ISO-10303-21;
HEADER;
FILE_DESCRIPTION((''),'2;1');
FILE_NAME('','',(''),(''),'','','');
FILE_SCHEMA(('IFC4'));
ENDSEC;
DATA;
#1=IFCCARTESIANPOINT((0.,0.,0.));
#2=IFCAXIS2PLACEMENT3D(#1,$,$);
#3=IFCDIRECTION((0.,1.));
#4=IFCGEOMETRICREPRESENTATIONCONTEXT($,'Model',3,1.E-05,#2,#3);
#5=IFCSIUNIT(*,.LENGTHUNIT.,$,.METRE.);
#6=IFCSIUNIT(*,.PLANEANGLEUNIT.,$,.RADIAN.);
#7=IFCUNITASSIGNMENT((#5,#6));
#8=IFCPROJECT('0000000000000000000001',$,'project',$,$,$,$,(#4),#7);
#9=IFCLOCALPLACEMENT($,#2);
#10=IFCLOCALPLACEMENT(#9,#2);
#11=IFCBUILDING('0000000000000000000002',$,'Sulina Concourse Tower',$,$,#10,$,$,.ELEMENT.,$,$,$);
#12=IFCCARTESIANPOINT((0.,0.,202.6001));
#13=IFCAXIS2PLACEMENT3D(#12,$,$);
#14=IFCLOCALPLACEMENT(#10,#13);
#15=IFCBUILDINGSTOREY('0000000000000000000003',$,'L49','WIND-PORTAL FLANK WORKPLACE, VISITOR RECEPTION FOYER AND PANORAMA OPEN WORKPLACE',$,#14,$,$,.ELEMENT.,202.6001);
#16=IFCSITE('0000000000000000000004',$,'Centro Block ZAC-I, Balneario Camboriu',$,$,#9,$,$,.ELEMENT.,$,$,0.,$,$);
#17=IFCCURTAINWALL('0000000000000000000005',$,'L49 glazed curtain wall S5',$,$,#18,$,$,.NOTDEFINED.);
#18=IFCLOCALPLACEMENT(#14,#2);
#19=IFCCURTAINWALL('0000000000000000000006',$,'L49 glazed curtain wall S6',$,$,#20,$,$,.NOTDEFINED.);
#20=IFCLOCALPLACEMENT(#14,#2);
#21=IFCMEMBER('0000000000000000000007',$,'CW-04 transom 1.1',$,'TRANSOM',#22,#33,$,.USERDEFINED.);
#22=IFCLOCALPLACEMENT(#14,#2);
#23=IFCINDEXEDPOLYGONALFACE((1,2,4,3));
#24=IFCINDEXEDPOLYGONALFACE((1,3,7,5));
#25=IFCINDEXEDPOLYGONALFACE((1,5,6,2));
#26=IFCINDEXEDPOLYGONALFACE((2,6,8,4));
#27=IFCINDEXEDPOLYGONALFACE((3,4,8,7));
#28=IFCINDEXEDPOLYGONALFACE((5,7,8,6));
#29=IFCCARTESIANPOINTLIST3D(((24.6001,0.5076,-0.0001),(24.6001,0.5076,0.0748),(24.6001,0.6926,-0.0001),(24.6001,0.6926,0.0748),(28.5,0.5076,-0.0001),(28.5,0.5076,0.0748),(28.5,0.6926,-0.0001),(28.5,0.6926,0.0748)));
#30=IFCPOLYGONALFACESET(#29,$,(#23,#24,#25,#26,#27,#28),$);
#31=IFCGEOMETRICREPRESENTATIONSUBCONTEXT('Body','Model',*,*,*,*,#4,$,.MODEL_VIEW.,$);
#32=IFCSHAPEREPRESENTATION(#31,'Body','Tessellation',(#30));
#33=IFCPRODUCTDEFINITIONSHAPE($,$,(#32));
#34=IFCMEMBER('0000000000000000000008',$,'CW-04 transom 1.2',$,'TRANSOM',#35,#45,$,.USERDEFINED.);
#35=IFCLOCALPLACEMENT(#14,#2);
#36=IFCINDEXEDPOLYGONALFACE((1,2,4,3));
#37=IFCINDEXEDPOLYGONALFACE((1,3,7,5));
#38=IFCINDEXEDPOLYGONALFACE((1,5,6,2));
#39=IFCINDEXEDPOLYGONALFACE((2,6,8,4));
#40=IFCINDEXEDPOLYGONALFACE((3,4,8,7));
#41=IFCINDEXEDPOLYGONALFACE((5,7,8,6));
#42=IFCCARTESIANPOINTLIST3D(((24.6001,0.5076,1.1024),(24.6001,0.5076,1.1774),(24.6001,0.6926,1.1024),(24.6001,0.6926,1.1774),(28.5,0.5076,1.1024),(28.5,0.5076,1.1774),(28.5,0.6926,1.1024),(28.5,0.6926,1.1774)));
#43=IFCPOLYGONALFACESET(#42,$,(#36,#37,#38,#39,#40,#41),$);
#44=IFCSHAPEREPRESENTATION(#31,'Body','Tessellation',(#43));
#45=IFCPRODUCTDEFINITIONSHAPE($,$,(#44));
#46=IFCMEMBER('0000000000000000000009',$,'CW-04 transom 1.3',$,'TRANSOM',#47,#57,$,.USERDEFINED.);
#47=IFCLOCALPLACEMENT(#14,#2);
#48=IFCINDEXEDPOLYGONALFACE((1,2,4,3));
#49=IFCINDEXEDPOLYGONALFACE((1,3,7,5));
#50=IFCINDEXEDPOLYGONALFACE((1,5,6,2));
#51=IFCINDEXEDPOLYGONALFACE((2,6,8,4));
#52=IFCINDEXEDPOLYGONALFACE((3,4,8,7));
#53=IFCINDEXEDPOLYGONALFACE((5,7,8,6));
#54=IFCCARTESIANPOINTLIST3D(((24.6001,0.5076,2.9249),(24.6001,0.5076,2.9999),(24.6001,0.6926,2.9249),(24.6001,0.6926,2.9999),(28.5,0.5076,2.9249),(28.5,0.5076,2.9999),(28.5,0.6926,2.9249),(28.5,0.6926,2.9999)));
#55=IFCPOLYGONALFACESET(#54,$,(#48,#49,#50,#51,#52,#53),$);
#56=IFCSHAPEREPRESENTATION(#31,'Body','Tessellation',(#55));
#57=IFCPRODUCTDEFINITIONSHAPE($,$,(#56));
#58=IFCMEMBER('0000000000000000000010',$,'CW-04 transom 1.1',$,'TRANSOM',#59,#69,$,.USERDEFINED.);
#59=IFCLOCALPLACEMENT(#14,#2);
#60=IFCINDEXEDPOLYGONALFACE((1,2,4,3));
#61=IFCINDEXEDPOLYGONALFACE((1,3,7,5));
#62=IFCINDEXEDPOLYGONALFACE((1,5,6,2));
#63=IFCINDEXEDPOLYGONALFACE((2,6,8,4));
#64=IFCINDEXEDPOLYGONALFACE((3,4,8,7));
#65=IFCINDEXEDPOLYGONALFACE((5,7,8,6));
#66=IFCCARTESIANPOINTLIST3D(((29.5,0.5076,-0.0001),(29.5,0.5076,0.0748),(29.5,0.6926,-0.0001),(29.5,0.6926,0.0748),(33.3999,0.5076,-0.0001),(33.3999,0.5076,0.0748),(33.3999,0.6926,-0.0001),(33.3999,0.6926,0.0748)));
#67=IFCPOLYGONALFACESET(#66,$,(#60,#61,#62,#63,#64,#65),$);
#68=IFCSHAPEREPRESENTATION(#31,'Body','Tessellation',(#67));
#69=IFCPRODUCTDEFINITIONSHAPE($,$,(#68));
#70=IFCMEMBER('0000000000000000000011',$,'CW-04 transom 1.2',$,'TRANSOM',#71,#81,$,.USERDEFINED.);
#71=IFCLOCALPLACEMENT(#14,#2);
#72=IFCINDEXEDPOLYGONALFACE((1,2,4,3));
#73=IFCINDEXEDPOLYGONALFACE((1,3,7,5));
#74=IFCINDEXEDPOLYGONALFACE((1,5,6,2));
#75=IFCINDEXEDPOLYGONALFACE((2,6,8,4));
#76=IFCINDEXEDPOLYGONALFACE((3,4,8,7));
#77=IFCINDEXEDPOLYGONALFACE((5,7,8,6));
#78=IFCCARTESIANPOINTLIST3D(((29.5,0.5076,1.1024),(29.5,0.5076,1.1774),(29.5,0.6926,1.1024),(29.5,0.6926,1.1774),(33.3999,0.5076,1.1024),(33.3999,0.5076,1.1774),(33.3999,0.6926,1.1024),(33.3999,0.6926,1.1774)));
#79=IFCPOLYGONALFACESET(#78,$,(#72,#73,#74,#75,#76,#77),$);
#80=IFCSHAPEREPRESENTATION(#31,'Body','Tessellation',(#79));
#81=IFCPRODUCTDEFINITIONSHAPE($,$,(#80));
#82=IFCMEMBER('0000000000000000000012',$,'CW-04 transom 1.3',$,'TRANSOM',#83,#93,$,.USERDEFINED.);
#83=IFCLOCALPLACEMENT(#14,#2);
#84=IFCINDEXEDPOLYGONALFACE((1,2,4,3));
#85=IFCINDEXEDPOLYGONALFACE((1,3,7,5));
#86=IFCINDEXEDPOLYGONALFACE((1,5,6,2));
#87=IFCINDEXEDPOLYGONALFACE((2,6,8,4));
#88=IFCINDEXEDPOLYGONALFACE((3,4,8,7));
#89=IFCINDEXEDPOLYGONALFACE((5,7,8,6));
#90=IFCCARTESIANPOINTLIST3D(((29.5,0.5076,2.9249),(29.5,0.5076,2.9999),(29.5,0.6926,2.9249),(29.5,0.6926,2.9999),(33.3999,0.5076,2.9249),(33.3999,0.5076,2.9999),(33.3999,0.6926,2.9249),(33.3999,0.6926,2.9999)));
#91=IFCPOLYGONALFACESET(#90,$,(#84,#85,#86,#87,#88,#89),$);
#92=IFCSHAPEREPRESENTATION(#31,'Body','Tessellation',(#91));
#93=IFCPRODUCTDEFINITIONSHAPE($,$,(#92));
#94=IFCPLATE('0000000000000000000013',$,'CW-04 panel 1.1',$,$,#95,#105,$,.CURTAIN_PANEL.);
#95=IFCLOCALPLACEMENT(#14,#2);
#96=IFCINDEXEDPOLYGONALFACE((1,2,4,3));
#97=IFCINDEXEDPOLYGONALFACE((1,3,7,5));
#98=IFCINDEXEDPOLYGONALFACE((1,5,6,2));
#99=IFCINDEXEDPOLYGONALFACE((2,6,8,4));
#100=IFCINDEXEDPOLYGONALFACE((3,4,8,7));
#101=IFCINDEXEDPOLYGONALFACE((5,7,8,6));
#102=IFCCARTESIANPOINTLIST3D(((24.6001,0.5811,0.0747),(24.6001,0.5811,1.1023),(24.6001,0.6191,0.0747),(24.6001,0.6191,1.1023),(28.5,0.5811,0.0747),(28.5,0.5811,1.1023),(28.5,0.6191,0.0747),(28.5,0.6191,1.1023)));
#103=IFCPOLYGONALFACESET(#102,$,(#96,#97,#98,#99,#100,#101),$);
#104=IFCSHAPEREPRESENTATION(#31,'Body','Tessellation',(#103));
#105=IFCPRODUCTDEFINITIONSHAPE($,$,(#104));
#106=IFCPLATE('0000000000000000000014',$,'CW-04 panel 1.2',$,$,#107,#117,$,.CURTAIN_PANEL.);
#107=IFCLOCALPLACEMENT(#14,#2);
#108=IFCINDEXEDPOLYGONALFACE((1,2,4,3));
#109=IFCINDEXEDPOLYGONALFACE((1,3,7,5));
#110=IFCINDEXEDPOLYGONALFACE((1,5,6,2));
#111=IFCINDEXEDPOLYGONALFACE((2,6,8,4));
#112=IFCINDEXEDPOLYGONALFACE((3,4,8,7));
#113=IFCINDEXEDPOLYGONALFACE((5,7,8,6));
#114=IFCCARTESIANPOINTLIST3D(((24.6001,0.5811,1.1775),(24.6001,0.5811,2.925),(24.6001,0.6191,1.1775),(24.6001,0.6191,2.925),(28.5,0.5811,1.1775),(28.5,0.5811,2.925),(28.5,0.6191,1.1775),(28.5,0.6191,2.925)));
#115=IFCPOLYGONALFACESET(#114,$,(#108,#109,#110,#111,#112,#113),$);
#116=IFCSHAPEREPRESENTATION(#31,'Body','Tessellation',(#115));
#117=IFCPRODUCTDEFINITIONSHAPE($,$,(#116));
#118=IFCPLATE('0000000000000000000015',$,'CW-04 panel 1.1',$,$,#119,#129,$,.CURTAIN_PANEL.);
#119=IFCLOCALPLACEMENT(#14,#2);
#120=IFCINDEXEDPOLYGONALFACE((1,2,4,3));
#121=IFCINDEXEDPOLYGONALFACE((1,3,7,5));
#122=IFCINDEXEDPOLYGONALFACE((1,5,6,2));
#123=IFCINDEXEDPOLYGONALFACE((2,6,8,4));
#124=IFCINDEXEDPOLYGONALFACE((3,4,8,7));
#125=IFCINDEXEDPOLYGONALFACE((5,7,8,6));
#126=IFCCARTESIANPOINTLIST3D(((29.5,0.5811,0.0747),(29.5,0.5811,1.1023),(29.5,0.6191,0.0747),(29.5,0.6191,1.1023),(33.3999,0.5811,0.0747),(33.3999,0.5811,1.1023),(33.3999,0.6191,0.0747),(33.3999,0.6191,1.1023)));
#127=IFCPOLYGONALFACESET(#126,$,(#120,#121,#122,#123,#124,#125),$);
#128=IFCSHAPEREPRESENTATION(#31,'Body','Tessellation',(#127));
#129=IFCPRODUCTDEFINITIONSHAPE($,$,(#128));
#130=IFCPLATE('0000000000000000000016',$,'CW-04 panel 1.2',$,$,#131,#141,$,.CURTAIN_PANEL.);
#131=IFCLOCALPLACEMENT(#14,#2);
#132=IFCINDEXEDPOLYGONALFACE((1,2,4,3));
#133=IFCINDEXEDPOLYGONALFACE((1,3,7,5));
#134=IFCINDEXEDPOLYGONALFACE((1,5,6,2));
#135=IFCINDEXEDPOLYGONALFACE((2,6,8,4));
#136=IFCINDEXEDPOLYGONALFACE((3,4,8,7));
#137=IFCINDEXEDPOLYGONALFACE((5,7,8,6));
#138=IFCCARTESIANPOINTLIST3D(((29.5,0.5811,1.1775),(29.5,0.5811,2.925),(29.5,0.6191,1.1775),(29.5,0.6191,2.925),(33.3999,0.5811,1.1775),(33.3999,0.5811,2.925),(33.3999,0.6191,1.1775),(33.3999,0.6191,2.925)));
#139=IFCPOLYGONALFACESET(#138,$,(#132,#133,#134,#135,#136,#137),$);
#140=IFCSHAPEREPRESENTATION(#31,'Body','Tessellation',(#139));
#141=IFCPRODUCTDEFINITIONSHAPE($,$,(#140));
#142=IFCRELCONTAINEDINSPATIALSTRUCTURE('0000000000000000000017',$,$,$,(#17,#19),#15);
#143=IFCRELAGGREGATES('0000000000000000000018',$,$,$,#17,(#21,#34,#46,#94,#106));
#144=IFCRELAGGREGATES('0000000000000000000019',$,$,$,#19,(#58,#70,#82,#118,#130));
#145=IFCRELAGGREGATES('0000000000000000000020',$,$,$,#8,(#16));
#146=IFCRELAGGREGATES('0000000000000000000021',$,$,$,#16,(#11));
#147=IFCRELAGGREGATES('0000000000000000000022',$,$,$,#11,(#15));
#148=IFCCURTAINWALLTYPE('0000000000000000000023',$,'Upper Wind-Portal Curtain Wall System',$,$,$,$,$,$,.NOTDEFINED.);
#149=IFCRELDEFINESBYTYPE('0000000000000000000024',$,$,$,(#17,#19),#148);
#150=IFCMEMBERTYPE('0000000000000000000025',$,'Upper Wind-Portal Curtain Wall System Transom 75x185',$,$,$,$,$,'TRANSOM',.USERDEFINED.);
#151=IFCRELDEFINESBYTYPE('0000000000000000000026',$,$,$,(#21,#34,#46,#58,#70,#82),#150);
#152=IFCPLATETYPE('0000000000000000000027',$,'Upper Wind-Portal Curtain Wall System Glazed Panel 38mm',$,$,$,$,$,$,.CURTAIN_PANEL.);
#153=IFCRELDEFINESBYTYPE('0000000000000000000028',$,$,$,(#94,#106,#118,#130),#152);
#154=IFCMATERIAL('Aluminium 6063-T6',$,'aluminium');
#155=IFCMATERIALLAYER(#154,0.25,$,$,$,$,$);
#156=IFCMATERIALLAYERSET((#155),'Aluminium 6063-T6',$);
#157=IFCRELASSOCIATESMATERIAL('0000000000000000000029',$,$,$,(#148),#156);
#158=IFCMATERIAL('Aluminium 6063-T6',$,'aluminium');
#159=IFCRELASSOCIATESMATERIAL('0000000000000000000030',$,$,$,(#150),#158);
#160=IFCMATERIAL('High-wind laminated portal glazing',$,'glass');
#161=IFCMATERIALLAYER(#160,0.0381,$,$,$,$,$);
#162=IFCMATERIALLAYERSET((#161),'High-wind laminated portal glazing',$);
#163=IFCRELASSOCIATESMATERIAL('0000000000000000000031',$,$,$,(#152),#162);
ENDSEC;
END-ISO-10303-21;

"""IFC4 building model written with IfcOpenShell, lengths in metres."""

from ifc_helpers import new_model, si_unit, direction, frame, origin, origin_2d, place, context, subcontext, project, spatial, rectangle, extrude, material, layer, layer_set, material_profile, profile_set, type_object, element, aggregate, save


model = new_model("IFC4")

# Units and contexts
model_context = context("Model", 3, precision=1e-05, world=origin(), true_north=direction((0.0, 1.0)))
body_context = subcontext(model_context, "Body", "Model", "MODEL_VIEW")
ifc_project = project(units=[si_unit("LENGTHUNIT", "METRE"), si_unit("PLANEANGLEUNIT", "RADIAN")], contexts=[model_context])

# Site, building, storey
site_placement = place(None, origin())
site = spatial("IfcSite", under=ifc_project, at=site_placement, Name="Centro Block ZAC-I, Balneario Camboriu", CompositionType="ELEMENT", RefElevation=0.0)
building_placement = place(site_placement, origin())
building = spatial("IfcBuilding", under=site, at=building_placement, Name="Sulina Concourse Tower", CompositionType="ELEMENT")
storey_placement = place(building_placement, frame((0.0, 0.0, 202.6001)))
storey = spatial("IfcBuildingStorey", under=building, at=storey_placement, Name="L49", Description="WIND-PORTAL FLANK WORKPLACE, VISITOR RECEPTION FOYER AND PANORAMA OPEN WORKPLACE", CompositionType="ELEMENT", Elevation=202.6001)

# Curtain walls
ifc_material_1 = material(Name="Aluminium 6063-T6", Category="aluminium")
ifc_layer_1 = layer(ifc_material_1, 0.25)
ifc_layer_set_1 = layer_set([ifc_layer_1], Name="Aluminium 6063-T6")
curtain_wall_type = type_object("IfcCurtainWallType", Name="Upper Wind-Portal Curtain Wall System", PredefinedType="NOTDEFINED", material=ifc_layer_set_1)
curtain_wall_1_placement = place(storey_placement, origin())
curtain_wall_1 = element("IfcCurtainWall", 1, at=curtain_wall_1_placement, inside=storey, type_object=curtain_wall_type, Name="L49 glazed curtain wall S5", PredefinedType="NOTDEFINED")
curtain_wall_2_placement = place(storey_placement, origin())
curtain_wall_2 = element("IfcCurtainWall", 2, at=curtain_wall_2_placement, inside=storey, type_object=curtain_wall_type, Name="L49 glazed curtain wall S6", PredefinedType="NOTDEFINED")

# Members
ifc_material_2 = material(Name="Aluminium 6063-T6", Category="aluminium")
ifc_material_profile_1 = material_profile(ifc_material_2, rectangle(XDim=0.1851, YDim=0.075, at=origin_2d()), Name="TRN 75x185")
ifc_profile_set_1 = profile_set([ifc_material_profile_1], Name="Aluminium 6063-T6")
member_type_1 = type_object("IfcMemberType", Name="Upper Wind-Portal Curtain Wall System Transom 75x185", ElementType="TRANSOM", PredefinedType="USERDEFINED", material=ifc_profile_set_1)
member_1_placement = place(storey_placement, frame((28.5, 0.6001, 0.0374), z_axis=(-1.0, 0.0, 0.0), x_axis=(0.0, -1.0, 0.0)))
member_1 = element("IfcMember", 3, at=member_1_placement, type_object=member_type_1, Name="CW-04 transom 1.1", ObjectType="TRANSOM", PredefinedType="USERDEFINED", context=body_context, shape_type="SweptSolid", body=[
    extrude(rectangle(XDim=0.1851, YDim=0.075, at=origin_2d()), origin(), (0.0, 0.0, 1.0), 3.8999),
])
member_2_placement = place(storey_placement, frame((28.5, 0.6001, 1.1399), z_axis=(-1.0, 0.0, 0.0), x_axis=(0.0, -1.0, 0.0)))
member_2 = element("IfcMember", 4, at=member_2_placement, type_object=member_type_1, Name="CW-04 transom 1.2", ObjectType="TRANSOM", PredefinedType="USERDEFINED", context=body_context, shape_type="SweptSolid", body=[
    extrude(rectangle(XDim=0.1851, YDim=0.075, at=origin_2d()), origin(), (0.0, 0.0, 1.0), 3.8999),
])
member_3_placement = place(storey_placement, frame((28.5, 0.6001, 2.9624), z_axis=(-1.0, 0.0, 0.0), x_axis=(0.0, -1.0, 0.0)))
member_3 = element("IfcMember", 5, at=member_3_placement, type_object=member_type_1, Name="CW-04 transom 1.3", ObjectType="TRANSOM", PredefinedType="USERDEFINED", context=body_context, shape_type="SweptSolid", body=[
    extrude(rectangle(XDim=0.1851, YDim=0.075, at=origin_2d()), origin(), (0.0, 0.0, 1.0), 3.8999),
])
member_4_placement = place(storey_placement, frame((33.3999, 0.6001, 0.0374), z_axis=(-1.0, 0.0, 0.0), x_axis=(0.0, -1.0, 0.0)))
member_4 = element("IfcMember", 6, at=member_4_placement, type_object=member_type_1, Name="CW-04 transom 1.1", ObjectType="TRANSOM", PredefinedType="USERDEFINED", context=body_context, shape_type="SweptSolid", body=[
    extrude(rectangle(XDim=0.1851, YDim=0.075, at=origin_2d()), origin(), (0.0, 0.0, 1.0), 3.8999),
])
member_5_placement = place(storey_placement, frame((33.3999, 0.6001, 1.1399), z_axis=(-1.0, 0.0, 0.0), x_axis=(0.0, -1.0, 0.0)))
member_5 = element("IfcMember", 7, at=member_5_placement, type_object=member_type_1, Name="CW-04 transom 1.2", ObjectType="TRANSOM", PredefinedType="USERDEFINED", context=body_context, shape_type="SweptSolid", body=[
    extrude(rectangle(XDim=0.1851, YDim=0.075, at=origin_2d()), origin(), (0.0, 0.0, 1.0), 3.8999),
])
member_6_placement = place(storey_placement, frame((33.3999, 0.6001, 2.9624), z_axis=(-1.0, 0.0, 0.0), x_axis=(0.0, -1.0, 0.0)))
member_6 = element("IfcMember", 8, at=member_6_placement, type_object=member_type_1, Name="CW-04 transom 1.3", ObjectType="TRANSOM", PredefinedType="USERDEFINED", context=body_context, shape_type="SweptSolid", body=[
    extrude(rectangle(XDim=0.1851, YDim=0.075, at=origin_2d()), origin(), (0.0, 0.0, 1.0), 3.8999),
])

# Plates
ifc_material_3 = material(Name="High-wind laminated portal glazing", Category="glass")
ifc_layer_2 = layer(ifc_material_3, 0.0381)
ifc_layer_set_2 = layer_set([ifc_layer_2], Name="High-wind laminated portal glazing")
plate_type = type_object("IfcPlateType", Name="Upper Wind-Portal Curtain Wall System Glazed Panel 38mm", PredefinedType="CURTAIN_PANEL", material=ifc_layer_set_2)
plate_1_placement = place(storey_placement, frame((26.55, 0.6001, 0.0747), z_axis=(0.0, 0.0, 1.0), x_axis=(-1.0, 0.0, 0.0)))
plate_1 = element("IfcPlate", 9, at=plate_1_placement, type_object=plate_type, Name="CW-04 panel 1.1", PredefinedType="CURTAIN_PANEL", context=body_context, shape_type="SweptSolid", body=[
    extrude(rectangle(XDim=3.8999, YDim=0.0381, at=origin_2d()), origin(), (0.0, 0.0, 1.0), 1.0276),
])
plate_2_placement = place(storey_placement, frame((26.55, 0.6001, 1.1775), z_axis=(0.0, 0.0, 1.0), x_axis=(-1.0, 0.0, 0.0)))
plate_2 = element("IfcPlate", 10, at=plate_2_placement, type_object=plate_type, Name="CW-04 panel 1.2", PredefinedType="CURTAIN_PANEL", context=body_context, shape_type="SweptSolid", body=[
    extrude(rectangle(XDim=3.8999, YDim=0.0381, at=origin_2d()), origin(), (0.0, 0.0, 1.0), 1.7476),
])
aggregate(curtain_wall_1, [member_1, member_2, member_3, plate_1, plate_2])
plate_3_placement = place(storey_placement, frame((31.45, 0.6001, 0.0747), z_axis=(0.0, 0.0, 1.0), x_axis=(-1.0, 0.0, 0.0)))
plate_3 = element("IfcPlate", 11, at=plate_3_placement, type_object=plate_type, Name="CW-04 panel 1.1", PredefinedType="CURTAIN_PANEL", context=body_context, shape_type="SweptSolid", body=[
    extrude(rectangle(XDim=3.8999, YDim=0.0381, at=origin_2d()), origin(), (0.0, 0.0, 1.0), 1.0276),
])
plate_4_placement = place(storey_placement, frame((31.45, 0.6001, 1.1775), z_axis=(0.0, 0.0, 1.0), x_axis=(-1.0, 0.0, 0.0)))
plate_4 = element("IfcPlate", 12, at=plate_4_placement, type_object=plate_type, Name="CW-04 panel 1.2", PredefinedType="CURTAIN_PANEL", context=body_context, shape_type="SweptSolid", body=[
    extrude(rectangle(XDim=3.8999, YDim=0.0381, at=origin_2d()), origin(), (0.0, 0.0, 1.0), 1.7476),
])
aggregate(curtain_wall_2, [member_4, member_5, member_6, plate_3, plate_4])

save(model, "model.ifc")
